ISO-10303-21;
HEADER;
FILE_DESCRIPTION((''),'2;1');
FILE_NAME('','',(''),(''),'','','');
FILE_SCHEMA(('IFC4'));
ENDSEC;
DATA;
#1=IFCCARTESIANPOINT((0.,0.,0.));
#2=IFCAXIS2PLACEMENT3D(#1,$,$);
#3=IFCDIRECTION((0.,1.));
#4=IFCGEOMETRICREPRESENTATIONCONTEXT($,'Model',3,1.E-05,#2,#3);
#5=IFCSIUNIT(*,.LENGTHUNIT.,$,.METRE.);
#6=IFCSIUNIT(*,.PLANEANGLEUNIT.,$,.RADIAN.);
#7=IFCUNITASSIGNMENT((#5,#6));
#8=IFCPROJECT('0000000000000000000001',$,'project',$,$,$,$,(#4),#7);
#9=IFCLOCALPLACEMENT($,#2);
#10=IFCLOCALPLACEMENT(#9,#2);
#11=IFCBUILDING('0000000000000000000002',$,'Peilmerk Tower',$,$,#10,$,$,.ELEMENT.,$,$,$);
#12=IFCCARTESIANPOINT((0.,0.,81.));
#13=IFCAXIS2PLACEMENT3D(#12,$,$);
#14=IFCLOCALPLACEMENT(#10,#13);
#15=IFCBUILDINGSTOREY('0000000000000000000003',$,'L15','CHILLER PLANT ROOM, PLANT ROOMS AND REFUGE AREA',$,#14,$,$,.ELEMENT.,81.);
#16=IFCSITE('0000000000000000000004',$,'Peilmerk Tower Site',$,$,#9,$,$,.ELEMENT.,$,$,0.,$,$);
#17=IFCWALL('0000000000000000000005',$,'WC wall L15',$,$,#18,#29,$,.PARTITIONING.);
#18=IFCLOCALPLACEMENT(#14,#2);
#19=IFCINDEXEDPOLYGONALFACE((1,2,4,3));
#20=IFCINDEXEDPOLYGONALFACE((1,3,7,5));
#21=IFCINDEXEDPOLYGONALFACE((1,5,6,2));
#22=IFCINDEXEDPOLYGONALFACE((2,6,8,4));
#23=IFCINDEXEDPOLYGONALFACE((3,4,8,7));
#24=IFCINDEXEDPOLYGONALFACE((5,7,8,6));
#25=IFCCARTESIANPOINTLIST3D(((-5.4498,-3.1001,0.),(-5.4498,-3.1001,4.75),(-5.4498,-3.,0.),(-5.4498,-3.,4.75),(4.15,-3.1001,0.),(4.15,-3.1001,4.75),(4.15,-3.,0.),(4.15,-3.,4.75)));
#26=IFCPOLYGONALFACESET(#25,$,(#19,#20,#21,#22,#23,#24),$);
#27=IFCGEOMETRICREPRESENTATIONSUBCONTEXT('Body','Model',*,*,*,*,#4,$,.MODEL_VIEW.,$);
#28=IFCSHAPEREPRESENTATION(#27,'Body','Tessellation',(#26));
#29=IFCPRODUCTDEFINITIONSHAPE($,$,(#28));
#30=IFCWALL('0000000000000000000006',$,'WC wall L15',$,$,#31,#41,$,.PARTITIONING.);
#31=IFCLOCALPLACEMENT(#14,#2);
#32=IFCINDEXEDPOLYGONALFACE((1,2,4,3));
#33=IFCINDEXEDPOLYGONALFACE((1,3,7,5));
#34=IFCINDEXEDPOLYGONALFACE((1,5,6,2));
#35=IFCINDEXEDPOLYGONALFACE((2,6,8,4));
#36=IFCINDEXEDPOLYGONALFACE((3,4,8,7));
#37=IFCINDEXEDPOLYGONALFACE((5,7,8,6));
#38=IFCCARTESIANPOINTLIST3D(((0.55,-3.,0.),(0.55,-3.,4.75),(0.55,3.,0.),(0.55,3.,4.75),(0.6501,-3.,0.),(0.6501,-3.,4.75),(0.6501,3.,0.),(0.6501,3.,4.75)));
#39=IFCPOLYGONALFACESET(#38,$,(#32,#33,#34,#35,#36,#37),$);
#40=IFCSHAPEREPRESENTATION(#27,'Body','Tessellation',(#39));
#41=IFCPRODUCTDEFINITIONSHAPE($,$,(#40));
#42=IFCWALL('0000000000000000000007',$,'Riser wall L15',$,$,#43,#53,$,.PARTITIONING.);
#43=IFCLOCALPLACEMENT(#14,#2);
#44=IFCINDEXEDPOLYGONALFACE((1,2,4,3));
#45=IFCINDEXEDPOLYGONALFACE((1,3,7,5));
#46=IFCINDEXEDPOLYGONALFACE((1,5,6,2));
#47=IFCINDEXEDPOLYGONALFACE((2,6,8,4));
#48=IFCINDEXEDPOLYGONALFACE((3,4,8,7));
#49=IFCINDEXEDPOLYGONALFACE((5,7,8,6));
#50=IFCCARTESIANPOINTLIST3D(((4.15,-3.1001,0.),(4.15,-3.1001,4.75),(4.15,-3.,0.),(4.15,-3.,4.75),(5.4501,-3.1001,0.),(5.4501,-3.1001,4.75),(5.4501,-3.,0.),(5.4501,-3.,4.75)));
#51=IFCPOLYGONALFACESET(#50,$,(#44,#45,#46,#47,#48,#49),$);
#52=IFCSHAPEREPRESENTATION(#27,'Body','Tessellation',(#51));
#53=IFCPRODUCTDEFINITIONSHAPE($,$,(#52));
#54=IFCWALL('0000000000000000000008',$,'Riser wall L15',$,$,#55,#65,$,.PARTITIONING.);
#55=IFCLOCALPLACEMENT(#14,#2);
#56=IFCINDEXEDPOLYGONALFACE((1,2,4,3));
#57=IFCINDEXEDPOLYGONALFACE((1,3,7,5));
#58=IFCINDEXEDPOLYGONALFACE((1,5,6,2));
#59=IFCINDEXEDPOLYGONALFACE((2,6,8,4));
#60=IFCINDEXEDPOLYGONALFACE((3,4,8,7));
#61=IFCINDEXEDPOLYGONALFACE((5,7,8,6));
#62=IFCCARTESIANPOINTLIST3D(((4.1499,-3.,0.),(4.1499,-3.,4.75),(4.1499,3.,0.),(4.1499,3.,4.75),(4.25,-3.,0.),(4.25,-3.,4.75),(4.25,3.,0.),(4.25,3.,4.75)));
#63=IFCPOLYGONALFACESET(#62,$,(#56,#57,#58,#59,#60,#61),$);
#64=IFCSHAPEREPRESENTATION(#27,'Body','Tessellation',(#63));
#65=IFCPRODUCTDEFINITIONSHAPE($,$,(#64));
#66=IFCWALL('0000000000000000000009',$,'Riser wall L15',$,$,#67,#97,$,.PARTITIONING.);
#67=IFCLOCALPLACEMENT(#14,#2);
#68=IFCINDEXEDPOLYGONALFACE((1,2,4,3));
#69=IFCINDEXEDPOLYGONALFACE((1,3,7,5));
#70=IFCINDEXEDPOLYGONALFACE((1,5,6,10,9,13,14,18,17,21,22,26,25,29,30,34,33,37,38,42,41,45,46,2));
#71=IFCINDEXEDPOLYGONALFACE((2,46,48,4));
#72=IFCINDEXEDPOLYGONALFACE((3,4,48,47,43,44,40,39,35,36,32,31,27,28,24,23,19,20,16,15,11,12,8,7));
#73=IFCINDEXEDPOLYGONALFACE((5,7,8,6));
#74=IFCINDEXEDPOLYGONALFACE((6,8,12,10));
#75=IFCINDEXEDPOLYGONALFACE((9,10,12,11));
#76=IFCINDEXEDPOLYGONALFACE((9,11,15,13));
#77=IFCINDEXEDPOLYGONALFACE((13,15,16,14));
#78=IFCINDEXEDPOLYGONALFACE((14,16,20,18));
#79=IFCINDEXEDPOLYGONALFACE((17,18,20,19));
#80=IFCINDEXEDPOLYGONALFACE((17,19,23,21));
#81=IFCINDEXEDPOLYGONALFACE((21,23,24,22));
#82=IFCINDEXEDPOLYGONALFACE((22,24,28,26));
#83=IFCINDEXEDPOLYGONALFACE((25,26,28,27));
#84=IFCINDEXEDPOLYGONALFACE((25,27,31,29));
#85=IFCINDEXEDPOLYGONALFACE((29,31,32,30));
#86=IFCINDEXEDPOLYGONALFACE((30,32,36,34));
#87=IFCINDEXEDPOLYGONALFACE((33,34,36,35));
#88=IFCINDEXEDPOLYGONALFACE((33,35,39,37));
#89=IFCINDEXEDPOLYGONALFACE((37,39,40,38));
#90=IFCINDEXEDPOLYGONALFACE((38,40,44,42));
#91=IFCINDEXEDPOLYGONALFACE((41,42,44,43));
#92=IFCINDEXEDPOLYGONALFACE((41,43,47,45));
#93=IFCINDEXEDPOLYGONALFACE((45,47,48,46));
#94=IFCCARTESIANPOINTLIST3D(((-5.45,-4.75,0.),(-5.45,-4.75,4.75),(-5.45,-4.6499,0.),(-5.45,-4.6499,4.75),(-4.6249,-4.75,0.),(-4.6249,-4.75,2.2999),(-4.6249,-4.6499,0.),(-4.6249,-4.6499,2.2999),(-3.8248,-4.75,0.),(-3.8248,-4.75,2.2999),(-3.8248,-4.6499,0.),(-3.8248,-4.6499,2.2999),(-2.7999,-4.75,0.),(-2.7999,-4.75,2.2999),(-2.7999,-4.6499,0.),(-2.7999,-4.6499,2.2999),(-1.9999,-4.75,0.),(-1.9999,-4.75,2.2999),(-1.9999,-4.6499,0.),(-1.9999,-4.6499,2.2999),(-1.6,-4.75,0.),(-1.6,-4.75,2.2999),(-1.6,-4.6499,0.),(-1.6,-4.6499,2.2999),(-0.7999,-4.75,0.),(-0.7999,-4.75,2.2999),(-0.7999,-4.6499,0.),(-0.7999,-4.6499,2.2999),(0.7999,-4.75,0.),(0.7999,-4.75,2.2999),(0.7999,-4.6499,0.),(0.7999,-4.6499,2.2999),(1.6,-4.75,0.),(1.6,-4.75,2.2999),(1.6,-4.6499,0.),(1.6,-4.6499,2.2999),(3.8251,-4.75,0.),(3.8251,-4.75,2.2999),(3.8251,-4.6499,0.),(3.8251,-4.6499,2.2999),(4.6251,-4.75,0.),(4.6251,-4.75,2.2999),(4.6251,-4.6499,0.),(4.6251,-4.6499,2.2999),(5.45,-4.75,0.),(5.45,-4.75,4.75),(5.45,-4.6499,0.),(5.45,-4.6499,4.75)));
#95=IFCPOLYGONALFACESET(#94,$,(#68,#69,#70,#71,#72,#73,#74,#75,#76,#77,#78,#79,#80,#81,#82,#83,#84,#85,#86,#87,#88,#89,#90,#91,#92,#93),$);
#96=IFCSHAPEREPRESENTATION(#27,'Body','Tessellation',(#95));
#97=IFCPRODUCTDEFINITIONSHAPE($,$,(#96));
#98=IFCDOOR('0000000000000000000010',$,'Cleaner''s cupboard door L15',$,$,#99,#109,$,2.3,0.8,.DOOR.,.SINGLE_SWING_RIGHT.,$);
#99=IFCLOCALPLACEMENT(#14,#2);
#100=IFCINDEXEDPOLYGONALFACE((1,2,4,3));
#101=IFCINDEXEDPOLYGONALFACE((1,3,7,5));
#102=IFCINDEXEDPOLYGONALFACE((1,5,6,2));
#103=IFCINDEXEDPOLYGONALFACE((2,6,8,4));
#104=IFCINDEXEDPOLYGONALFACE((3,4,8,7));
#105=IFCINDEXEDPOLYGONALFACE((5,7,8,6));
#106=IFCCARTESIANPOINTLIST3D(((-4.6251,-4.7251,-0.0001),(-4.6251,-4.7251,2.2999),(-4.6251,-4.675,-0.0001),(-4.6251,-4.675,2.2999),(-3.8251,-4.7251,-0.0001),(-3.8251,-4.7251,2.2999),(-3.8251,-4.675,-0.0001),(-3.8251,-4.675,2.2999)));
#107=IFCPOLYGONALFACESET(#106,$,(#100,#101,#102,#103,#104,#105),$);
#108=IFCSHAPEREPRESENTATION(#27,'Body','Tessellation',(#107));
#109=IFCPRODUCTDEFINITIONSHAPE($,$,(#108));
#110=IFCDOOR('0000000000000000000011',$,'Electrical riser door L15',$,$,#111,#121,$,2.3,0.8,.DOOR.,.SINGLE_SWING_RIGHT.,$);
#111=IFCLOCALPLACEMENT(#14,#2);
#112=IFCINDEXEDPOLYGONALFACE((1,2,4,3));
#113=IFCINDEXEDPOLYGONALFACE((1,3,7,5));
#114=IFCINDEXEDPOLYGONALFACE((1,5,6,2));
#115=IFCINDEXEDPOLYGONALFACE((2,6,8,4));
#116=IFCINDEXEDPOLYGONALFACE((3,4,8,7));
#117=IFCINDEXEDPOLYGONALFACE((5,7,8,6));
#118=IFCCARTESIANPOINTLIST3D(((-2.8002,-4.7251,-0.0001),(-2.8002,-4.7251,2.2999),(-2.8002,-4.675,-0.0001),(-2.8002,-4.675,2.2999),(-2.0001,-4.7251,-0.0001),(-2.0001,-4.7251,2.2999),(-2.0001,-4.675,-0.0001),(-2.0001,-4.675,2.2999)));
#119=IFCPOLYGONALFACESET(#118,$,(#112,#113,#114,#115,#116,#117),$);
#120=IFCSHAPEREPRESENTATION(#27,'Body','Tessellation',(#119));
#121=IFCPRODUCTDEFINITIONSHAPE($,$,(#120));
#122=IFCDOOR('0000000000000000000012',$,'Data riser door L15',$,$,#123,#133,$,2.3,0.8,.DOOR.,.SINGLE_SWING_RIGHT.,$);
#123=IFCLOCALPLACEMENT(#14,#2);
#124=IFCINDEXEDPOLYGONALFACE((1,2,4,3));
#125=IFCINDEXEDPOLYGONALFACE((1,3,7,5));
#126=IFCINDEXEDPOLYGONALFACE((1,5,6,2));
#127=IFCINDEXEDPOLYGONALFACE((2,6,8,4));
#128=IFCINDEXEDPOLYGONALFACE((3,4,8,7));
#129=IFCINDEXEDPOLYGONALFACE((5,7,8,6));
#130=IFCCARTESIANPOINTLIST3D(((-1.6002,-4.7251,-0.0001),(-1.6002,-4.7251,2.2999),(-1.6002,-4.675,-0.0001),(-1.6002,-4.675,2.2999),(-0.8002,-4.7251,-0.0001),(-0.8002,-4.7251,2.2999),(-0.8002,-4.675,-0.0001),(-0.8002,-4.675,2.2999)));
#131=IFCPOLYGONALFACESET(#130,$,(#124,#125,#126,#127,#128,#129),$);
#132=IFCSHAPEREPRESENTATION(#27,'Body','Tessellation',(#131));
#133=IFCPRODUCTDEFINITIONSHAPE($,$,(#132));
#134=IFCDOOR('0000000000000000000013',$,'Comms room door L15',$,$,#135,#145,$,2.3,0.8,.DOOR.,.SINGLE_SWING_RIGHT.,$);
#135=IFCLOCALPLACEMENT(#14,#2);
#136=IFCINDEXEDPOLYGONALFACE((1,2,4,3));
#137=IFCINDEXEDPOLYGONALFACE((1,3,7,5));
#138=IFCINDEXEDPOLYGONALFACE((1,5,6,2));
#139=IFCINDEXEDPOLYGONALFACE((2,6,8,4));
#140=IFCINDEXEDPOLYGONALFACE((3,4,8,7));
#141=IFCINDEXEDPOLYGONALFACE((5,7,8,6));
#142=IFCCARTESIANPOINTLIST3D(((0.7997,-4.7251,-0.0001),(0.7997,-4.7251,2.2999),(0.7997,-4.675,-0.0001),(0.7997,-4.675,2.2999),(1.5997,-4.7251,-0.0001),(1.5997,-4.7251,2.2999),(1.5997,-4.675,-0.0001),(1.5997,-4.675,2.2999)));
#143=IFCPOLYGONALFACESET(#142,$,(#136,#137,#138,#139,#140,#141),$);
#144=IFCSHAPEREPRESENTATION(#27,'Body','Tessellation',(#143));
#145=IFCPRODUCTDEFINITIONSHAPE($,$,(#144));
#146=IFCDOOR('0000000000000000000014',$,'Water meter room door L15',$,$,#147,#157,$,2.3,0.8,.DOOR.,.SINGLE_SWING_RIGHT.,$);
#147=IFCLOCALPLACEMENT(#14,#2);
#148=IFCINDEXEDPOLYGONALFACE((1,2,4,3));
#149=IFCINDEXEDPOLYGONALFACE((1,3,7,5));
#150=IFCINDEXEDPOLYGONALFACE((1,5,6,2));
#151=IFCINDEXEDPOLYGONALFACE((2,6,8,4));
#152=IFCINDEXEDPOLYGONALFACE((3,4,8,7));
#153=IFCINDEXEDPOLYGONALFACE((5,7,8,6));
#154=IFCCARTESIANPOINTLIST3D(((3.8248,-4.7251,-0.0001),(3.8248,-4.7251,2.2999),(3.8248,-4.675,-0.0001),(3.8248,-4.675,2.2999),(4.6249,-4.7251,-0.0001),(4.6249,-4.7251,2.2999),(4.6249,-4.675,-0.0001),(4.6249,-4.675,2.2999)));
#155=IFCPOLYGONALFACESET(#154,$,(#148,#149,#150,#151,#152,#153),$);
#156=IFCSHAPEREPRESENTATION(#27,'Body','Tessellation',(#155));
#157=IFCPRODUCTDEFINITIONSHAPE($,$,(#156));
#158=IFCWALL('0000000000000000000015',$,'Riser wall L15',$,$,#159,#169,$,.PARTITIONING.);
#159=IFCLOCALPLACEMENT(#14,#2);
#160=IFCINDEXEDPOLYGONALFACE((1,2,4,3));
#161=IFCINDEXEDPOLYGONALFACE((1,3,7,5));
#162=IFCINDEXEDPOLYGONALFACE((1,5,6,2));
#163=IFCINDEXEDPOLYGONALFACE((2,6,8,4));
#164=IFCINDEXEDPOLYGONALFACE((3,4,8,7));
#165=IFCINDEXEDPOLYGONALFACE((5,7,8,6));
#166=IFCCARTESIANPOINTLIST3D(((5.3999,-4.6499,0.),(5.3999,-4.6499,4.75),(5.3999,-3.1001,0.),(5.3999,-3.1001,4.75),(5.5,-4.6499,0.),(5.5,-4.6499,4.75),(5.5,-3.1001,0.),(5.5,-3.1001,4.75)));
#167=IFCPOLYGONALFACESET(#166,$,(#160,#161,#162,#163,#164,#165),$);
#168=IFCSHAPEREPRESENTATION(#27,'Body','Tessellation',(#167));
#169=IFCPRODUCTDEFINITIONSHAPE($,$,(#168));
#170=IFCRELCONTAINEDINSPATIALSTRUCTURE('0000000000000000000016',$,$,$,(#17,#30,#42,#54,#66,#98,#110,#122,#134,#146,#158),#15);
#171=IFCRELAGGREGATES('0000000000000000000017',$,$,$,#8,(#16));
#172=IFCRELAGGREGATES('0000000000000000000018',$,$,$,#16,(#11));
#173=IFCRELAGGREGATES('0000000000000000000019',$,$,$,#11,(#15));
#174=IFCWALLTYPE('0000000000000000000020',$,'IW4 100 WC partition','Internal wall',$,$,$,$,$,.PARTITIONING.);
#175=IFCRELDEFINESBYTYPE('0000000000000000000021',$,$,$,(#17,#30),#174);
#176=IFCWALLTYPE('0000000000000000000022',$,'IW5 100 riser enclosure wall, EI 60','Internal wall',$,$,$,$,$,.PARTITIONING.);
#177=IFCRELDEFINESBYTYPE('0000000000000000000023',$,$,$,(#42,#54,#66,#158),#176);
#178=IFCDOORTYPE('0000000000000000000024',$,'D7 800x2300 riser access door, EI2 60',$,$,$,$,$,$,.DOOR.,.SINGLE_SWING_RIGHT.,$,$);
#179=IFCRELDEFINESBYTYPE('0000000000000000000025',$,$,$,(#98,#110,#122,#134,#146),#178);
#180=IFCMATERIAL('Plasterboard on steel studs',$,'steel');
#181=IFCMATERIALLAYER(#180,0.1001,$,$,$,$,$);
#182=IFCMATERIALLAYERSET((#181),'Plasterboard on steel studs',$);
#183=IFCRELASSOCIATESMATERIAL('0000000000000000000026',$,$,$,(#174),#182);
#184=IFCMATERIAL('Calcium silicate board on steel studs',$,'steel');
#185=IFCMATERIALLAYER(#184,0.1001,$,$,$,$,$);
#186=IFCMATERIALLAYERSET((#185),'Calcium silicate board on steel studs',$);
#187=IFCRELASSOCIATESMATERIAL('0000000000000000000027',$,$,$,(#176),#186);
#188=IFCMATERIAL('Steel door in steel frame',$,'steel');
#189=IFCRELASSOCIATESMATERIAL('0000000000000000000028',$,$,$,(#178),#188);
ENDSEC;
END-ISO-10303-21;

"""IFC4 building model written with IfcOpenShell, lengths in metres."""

from ifc_helpers import new_model, si_unit, direction, frame, frame_2d, origin, place, context, subcontext, project, spatial, rectangle, extrude, material, layer, layer_set, type_object, element, fill, save


model = new_model("IFC4")

# Units and contexts
model_context = context("Model", 3, precision=1e-05, world=origin(), true_north=direction((0.0, 1.0)))
body_context = subcontext(model_context, "Body", "Model", "MODEL_VIEW")
ifc_project = project(units=[si_unit("LENGTHUNIT", "METRE"), si_unit("PLANEANGLEUNIT", "RADIAN")], contexts=[model_context])

# Site, building, storey
site_placement = place(None, origin())
site = spatial("IfcSite", under=ifc_project, at=site_placement, Name="Peilmerk Tower Site", CompositionType="ELEMENT", RefElevation=0.0)
building_placement = place(site_placement, origin())
building = spatial("IfcBuilding", under=site, at=building_placement, Name="Peilmerk Tower", CompositionType="ELEMENT")
storey_placement = place(building_placement, frame((0.0, 0.0, 81.0)))
storey = spatial("IfcBuildingStorey", under=building, at=storey_placement, Name="L15", Description="CHILLER PLANT ROOM, PLANT ROOMS AND REFUGE AREA", CompositionType="ELEMENT", Elevation=81.0)

# Walls
ifc_material_1 = material(Name="Plasterboard on steel studs", Category="steel")
ifc_layer_1 = layer(ifc_material_1, 0.1001)
ifc_layer_set_1 = layer_set([ifc_layer_1], Name="Plasterboard on steel studs")
wall_type_1 = type_object("IfcWallType", Name="IW4 100 WC partition", Description="Internal wall", PredefinedType="PARTITIONING", material=ifc_layer_set_1)
wall_1_placement = place(storey_placement, frame((4.1499, -3.05, 0.0), z_axis=(0.0, 0.0, 1.0), x_axis=(-1.0, 0.0, 0.0)))
element("IfcWall", 1, at=wall_1_placement, inside=storey, type_object=wall_type_1, Name="WC wall L15", PredefinedType="PARTITIONING", context=body_context, shape_type="SweptSolid", body=[
    extrude(rectangle(XDim=9.5999, YDim=0.1001, at=frame_2d((4.7998, 0.0))), origin(), (0.0, 0.0, 1.0), 4.75),
])
wall_2_placement = place(storey_placement, frame((0.6001, -3.0, 0.0), z_axis=(0.0, 0.0, 1.0), x_axis=(0.0, 1.0, 0.0)))
element("IfcWall", 2, at=wall_2_placement, inside=storey, type_object=wall_type_1, Name="WC wall L15", PredefinedType="PARTITIONING", context=body_context, shape_type="SweptSolid", body=[
    extrude(rectangle(XDim=6.0, YDim=0.1001, at=frame_2d((3.0, 0.0))), origin(), (0.0, 0.0, 1.0), 4.75),
])
ifc_material_2 = material(Name="Calcium silicate board on steel studs", Category="steel")
ifc_layer_2 = layer(ifc_material_2, 0.1001)
ifc_layer_set_2 = layer_set([ifc_layer_2], Name="Calcium silicate board on steel studs")
wall_type_2 = type_object("IfcWallType", Name="IW5 100 riser enclosure wall, EI 60", Description="Internal wall", PredefinedType="PARTITIONING", material=ifc_layer_set_2)
wall_3_placement = place(storey_placement, frame((5.45, -3.05, 0.0), z_axis=(0.0, 0.0, 1.0), x_axis=(-1.0, 0.0, 0.0)))
element("IfcWall", 3, at=wall_3_placement, inside=storey, type_object=wall_type_2, Name="Riser wall L15", PredefinedType="PARTITIONING", context=body_context, shape_type="SweptSolid", body=[
    extrude(rectangle(XDim=1.3, YDim=0.1001, at=frame_2d((0.6499, 0.0))), origin(), (0.0, 0.0, 1.0), 4.75),
])
wall_4_placement = place(storey_placement, frame((4.2, -3.0, 0.0), z_axis=(0.0, 0.0, 1.0), x_axis=(0.0, 1.0, 0.0)))
element("IfcWall", 4, at=wall_4_placement, inside=storey, type_object=wall_type_2, Name="Riser wall L15", PredefinedType="PARTITIONING", context=body_context, shape_type="SweptSolid", body=[
    extrude(rectangle(XDim=6.0, YDim=0.1001, at=frame_2d((3.0, 0.0))), origin(), (0.0, 0.0, 1.0), 4.75),
])

# Wall, openings, doors
wall_5_placement = place(storey_placement, frame((5.45, -4.7, 0.0), z_axis=(0.0, 0.0, 1.0), x_axis=(-1.0, 0.0, 0.0)))
wall_5 = element("IfcWall", 5, at=wall_5_placement, inside=storey, type_object=wall_type_2, Name="Riser wall L15", PredefinedType="PARTITIONING", context=body_context, shape_type="SweptSolid", body=[
    extrude(rectangle(XDim=10.8999, YDim=0.1001, at=frame_2d((5.45, 0.0))), origin(), (0.0, 0.0, 1.0), 4.75),
])
opening_1_placement = place(wall_5_placement, frame((9.2749, 0.0, 0.0)))
opening_1 = element("IfcOpeningElement", 6, at=opening_1_placement, cuts=wall_5, PredefinedType="OPENING", context=body_context, shape_type="SweptSolid", body=[
    extrude(rectangle(XDim=0.8, YDim=2.3, at=frame_2d((0.3999, 1.1499))), frame((0.0, 0.0601, 0.0), z_axis=(0.0, -1.0, 0.0), x_axis=(1.0, 0.0, 0.0)), (0.0, 0.0, 1.0), 0.1201),
])
opening_2_placement = place(wall_5_placement, frame((7.45, 0.0, 0.0)))
opening_2 = element("IfcOpeningElement", 7, at=opening_2_placement, cuts=wall_5, PredefinedType="OPENING", context=body_context, shape_type="SweptSolid", body=[
    extrude(rectangle(XDim=0.8, YDim=2.3, at=frame_2d((0.3999, 1.1499))), frame((0.0, 0.0601, 0.0), z_axis=(0.0, -1.0, 0.0), x_axis=(1.0, 0.0, 0.0)), (0.0, 0.0, 1.0), 0.1201),
])
opening_3_placement = place(wall_5_placement, frame((6.25, 0.0, 0.0)))
opening_3 = element("IfcOpeningElement", 8, at=opening_3_placement, cuts=wall_5, PredefinedType="OPENING", context=body_context, shape_type="SweptSolid", body=[
    extrude(rectangle(XDim=0.8, YDim=2.3, at=frame_2d((0.3999, 1.1499))), frame((0.0, 0.0601, 0.0), z_axis=(0.0, -1.0, 0.0), x_axis=(1.0, 0.0, 0.0)), (0.0, 0.0, 1.0), 0.1201),
])
opening_4_placement = place(wall_5_placement, frame((3.8501, 0.0, 0.0)))
opening_4 = element("IfcOpeningElement", 9, at=opening_4_placement, cuts=wall_5, PredefinedType="OPENING", context=body_context, shape_type="SweptSolid", body=[
    extrude(rectangle(XDim=0.8, YDim=2.3, at=frame_2d((0.3999, 1.1499))), frame((0.0, 0.0601, 0.0), z_axis=(0.0, -1.0, 0.0), x_axis=(1.0, 0.0, 0.0)), (0.0, 0.0, 1.0), 0.1201),
])
opening_5_placement = place(wall_5_placement, frame((0.825, 0.0, 0.0)))
opening_5 = element("IfcOpeningElement", 10, at=opening_5_placement, cuts=wall_5, PredefinedType="OPENING", context=body_context, shape_type="SweptSolid", body=[
    extrude(rectangle(XDim=0.8, YDim=2.3, at=frame_2d((0.3999, 1.1499))), frame((0.0, 0.0601, 0.0), z_axis=(0.0, -1.0, 0.0), x_axis=(1.0, 0.0, 0.0)), (0.0, 0.0, 1.0), 0.1201),
])
ifc_material_3 = material(Name="Steel door in steel frame", Category="steel")
door_type_1 = type_object("IfcDoorType", Name="D7 800x2300 riser access door, EI2 60", OperationType="SINGLE_SWING_RIGHT", PredefinedType="DOOR", material=ifc_material_3)
door_1_placement = place(opening_1_placement, frame((0.8, 0.0, 0.0), z_axis=(0.0, 0.0, 1.0), x_axis=(-1.0, 0.0, 0.0)))
door_1 = element("IfcDoor", 11, at=door_1_placement, inside=storey, type_object=door_type_1, Name="Cleaner's cupboard door L15", OperationType="SINGLE_SWING_RIGHT", OverallHeight=2.3, OverallWidth=0.8, PredefinedType="DOOR", context=body_context, shape_type="SweptSolid", body=[
    extrude(rectangle(XDim=0.8, YDim=2.3, at=frame_2d((0.3999, 1.1499))), frame((0.0, 0.0249, 0.0), z_axis=(0.0, -1.0, 0.0), x_axis=(1.0, 0.0, 0.0)), (0.0, 0.0, 1.0), 0.05),
])
fill(opening_1, door_1)
door_2_placement = place(opening_2_placement, frame((0.8, 0.0, 0.0), z_axis=(0.0, 0.0, 1.0), x_axis=(-1.0, 0.0, 0.0)))
door_2 = element("IfcDoor", 12, at=door_2_placement, inside=storey, type_object=door_type_1, Name="Electrical riser door L15", OperationType="SINGLE_SWING_RIGHT", OverallHeight=2.3, OverallWidth=0.8, PredefinedType="DOOR", context=body_context, shape_type="SweptSolid", body=[
    extrude(rectangle(XDim=0.8, YDim=2.3, at=frame_2d((0.3999, 1.1499))), frame((0.0, 0.0249, 0.0), z_axis=(0.0, -1.0, 0.0), x_axis=(1.0, 0.0, 0.0)), (0.0, 0.0, 1.0), 0.05),
])
fill(opening_2, door_2)
door_3_placement = place(opening_3_placement, frame((0.8, 0.0, 0.0), z_axis=(0.0, 0.0, 1.0), x_axis=(-1.0, 0.0, 0.0)))
door_3 = element("IfcDoor", 13, at=door_3_placement, inside=storey, type_object=door_type_1, Name="Data riser door L15", OperationType="SINGLE_SWING_RIGHT", OverallHeight=2.3, OverallWidth=0.8, PredefinedType="DOOR", context=body_context, shape_type="SweptSolid", body=[
    extrude(rectangle(XDim=0.8, YDim=2.3, at=frame_2d((0.3999, 1.1499))), frame((0.0, 0.0249, 0.0), z_axis=(0.0, -1.0, 0.0), x_axis=(1.0, 0.0, 0.0)), (0.0, 0.0, 1.0), 0.05),
])
fill(opening_3, door_3)
door_4_placement = place(opening_4_placement, frame((0.8, 0.0, 0.0), z_axis=(0.0, 0.0, 1.0), x_axis=(-1.0, 0.0, 0.0)))
door_4 = element("IfcDoor", 14, at=door_4_placement, inside=storey, type_object=door_type_1, Name="Comms room door L15", OperationType="SINGLE_SWING_RIGHT", OverallHeight=2.3, OverallWidth=0.8, PredefinedType="DOOR", context=body_context, shape_type="SweptSolid", body=[
    extrude(rectangle(XDim=0.8, YDim=2.3, at=frame_2d((0.3999, 1.1499))), frame((0.0, 0.0249, 0.0), z_axis=(0.0, -1.0, 0.0), x_axis=(1.0, 0.0, 0.0)), (0.0, 0.0, 1.0), 0.05),
])
fill(opening_4, door_4)
door_5_placement = place(opening_5_placement, frame((0.8, 0.0, 0.0), z_axis=(0.0, 0.0, 1.0), x_axis=(-1.0, 0.0, 0.0)))
door_5 = element("IfcDoor", 15, at=door_5_placement, inside=storey, type_object=door_type_1, Name="Water meter room door L15", OperationType="SINGLE_SWING_RIGHT", OverallHeight=2.3, OverallWidth=0.8, PredefinedType="DOOR", context=body_context, shape_type="SweptSolid", body=[
    extrude(rectangle(XDim=0.8, YDim=2.3, at=frame_2d((0.3999, 1.1499))), frame((0.0, 0.0249, 0.0), z_axis=(0.0, -1.0, 0.0), x_axis=(1.0, 0.0, 0.0)), (0.0, 0.0, 1.0), 0.05),
])
fill(opening_5, door_5)

# Wall
for number, where, z_axis, x_axis, name in (
    (16, (5.45, -3.1001, 0.0), (0.0, 0.0, 1.0), (0.0, -1.0, 0.0), "Riser wall L15"),
):
    element("IfcWall", number, at=place(storey_placement, frame(where, z_axis=z_axis, x_axis=x_axis)), inside=storey, type_object=wall_type_2, Name=name, PredefinedType="PARTITIONING", context=body_context, shape_type="SweptSolid", body=[
        extrude(rectangle(XDim=1.5498, YDim=0.1001, at=frame_2d((0.7749, 0.0))), origin(), (0.0, 0.0, 1.0), 4.75),
    ])

save(model, "model.ifc")
